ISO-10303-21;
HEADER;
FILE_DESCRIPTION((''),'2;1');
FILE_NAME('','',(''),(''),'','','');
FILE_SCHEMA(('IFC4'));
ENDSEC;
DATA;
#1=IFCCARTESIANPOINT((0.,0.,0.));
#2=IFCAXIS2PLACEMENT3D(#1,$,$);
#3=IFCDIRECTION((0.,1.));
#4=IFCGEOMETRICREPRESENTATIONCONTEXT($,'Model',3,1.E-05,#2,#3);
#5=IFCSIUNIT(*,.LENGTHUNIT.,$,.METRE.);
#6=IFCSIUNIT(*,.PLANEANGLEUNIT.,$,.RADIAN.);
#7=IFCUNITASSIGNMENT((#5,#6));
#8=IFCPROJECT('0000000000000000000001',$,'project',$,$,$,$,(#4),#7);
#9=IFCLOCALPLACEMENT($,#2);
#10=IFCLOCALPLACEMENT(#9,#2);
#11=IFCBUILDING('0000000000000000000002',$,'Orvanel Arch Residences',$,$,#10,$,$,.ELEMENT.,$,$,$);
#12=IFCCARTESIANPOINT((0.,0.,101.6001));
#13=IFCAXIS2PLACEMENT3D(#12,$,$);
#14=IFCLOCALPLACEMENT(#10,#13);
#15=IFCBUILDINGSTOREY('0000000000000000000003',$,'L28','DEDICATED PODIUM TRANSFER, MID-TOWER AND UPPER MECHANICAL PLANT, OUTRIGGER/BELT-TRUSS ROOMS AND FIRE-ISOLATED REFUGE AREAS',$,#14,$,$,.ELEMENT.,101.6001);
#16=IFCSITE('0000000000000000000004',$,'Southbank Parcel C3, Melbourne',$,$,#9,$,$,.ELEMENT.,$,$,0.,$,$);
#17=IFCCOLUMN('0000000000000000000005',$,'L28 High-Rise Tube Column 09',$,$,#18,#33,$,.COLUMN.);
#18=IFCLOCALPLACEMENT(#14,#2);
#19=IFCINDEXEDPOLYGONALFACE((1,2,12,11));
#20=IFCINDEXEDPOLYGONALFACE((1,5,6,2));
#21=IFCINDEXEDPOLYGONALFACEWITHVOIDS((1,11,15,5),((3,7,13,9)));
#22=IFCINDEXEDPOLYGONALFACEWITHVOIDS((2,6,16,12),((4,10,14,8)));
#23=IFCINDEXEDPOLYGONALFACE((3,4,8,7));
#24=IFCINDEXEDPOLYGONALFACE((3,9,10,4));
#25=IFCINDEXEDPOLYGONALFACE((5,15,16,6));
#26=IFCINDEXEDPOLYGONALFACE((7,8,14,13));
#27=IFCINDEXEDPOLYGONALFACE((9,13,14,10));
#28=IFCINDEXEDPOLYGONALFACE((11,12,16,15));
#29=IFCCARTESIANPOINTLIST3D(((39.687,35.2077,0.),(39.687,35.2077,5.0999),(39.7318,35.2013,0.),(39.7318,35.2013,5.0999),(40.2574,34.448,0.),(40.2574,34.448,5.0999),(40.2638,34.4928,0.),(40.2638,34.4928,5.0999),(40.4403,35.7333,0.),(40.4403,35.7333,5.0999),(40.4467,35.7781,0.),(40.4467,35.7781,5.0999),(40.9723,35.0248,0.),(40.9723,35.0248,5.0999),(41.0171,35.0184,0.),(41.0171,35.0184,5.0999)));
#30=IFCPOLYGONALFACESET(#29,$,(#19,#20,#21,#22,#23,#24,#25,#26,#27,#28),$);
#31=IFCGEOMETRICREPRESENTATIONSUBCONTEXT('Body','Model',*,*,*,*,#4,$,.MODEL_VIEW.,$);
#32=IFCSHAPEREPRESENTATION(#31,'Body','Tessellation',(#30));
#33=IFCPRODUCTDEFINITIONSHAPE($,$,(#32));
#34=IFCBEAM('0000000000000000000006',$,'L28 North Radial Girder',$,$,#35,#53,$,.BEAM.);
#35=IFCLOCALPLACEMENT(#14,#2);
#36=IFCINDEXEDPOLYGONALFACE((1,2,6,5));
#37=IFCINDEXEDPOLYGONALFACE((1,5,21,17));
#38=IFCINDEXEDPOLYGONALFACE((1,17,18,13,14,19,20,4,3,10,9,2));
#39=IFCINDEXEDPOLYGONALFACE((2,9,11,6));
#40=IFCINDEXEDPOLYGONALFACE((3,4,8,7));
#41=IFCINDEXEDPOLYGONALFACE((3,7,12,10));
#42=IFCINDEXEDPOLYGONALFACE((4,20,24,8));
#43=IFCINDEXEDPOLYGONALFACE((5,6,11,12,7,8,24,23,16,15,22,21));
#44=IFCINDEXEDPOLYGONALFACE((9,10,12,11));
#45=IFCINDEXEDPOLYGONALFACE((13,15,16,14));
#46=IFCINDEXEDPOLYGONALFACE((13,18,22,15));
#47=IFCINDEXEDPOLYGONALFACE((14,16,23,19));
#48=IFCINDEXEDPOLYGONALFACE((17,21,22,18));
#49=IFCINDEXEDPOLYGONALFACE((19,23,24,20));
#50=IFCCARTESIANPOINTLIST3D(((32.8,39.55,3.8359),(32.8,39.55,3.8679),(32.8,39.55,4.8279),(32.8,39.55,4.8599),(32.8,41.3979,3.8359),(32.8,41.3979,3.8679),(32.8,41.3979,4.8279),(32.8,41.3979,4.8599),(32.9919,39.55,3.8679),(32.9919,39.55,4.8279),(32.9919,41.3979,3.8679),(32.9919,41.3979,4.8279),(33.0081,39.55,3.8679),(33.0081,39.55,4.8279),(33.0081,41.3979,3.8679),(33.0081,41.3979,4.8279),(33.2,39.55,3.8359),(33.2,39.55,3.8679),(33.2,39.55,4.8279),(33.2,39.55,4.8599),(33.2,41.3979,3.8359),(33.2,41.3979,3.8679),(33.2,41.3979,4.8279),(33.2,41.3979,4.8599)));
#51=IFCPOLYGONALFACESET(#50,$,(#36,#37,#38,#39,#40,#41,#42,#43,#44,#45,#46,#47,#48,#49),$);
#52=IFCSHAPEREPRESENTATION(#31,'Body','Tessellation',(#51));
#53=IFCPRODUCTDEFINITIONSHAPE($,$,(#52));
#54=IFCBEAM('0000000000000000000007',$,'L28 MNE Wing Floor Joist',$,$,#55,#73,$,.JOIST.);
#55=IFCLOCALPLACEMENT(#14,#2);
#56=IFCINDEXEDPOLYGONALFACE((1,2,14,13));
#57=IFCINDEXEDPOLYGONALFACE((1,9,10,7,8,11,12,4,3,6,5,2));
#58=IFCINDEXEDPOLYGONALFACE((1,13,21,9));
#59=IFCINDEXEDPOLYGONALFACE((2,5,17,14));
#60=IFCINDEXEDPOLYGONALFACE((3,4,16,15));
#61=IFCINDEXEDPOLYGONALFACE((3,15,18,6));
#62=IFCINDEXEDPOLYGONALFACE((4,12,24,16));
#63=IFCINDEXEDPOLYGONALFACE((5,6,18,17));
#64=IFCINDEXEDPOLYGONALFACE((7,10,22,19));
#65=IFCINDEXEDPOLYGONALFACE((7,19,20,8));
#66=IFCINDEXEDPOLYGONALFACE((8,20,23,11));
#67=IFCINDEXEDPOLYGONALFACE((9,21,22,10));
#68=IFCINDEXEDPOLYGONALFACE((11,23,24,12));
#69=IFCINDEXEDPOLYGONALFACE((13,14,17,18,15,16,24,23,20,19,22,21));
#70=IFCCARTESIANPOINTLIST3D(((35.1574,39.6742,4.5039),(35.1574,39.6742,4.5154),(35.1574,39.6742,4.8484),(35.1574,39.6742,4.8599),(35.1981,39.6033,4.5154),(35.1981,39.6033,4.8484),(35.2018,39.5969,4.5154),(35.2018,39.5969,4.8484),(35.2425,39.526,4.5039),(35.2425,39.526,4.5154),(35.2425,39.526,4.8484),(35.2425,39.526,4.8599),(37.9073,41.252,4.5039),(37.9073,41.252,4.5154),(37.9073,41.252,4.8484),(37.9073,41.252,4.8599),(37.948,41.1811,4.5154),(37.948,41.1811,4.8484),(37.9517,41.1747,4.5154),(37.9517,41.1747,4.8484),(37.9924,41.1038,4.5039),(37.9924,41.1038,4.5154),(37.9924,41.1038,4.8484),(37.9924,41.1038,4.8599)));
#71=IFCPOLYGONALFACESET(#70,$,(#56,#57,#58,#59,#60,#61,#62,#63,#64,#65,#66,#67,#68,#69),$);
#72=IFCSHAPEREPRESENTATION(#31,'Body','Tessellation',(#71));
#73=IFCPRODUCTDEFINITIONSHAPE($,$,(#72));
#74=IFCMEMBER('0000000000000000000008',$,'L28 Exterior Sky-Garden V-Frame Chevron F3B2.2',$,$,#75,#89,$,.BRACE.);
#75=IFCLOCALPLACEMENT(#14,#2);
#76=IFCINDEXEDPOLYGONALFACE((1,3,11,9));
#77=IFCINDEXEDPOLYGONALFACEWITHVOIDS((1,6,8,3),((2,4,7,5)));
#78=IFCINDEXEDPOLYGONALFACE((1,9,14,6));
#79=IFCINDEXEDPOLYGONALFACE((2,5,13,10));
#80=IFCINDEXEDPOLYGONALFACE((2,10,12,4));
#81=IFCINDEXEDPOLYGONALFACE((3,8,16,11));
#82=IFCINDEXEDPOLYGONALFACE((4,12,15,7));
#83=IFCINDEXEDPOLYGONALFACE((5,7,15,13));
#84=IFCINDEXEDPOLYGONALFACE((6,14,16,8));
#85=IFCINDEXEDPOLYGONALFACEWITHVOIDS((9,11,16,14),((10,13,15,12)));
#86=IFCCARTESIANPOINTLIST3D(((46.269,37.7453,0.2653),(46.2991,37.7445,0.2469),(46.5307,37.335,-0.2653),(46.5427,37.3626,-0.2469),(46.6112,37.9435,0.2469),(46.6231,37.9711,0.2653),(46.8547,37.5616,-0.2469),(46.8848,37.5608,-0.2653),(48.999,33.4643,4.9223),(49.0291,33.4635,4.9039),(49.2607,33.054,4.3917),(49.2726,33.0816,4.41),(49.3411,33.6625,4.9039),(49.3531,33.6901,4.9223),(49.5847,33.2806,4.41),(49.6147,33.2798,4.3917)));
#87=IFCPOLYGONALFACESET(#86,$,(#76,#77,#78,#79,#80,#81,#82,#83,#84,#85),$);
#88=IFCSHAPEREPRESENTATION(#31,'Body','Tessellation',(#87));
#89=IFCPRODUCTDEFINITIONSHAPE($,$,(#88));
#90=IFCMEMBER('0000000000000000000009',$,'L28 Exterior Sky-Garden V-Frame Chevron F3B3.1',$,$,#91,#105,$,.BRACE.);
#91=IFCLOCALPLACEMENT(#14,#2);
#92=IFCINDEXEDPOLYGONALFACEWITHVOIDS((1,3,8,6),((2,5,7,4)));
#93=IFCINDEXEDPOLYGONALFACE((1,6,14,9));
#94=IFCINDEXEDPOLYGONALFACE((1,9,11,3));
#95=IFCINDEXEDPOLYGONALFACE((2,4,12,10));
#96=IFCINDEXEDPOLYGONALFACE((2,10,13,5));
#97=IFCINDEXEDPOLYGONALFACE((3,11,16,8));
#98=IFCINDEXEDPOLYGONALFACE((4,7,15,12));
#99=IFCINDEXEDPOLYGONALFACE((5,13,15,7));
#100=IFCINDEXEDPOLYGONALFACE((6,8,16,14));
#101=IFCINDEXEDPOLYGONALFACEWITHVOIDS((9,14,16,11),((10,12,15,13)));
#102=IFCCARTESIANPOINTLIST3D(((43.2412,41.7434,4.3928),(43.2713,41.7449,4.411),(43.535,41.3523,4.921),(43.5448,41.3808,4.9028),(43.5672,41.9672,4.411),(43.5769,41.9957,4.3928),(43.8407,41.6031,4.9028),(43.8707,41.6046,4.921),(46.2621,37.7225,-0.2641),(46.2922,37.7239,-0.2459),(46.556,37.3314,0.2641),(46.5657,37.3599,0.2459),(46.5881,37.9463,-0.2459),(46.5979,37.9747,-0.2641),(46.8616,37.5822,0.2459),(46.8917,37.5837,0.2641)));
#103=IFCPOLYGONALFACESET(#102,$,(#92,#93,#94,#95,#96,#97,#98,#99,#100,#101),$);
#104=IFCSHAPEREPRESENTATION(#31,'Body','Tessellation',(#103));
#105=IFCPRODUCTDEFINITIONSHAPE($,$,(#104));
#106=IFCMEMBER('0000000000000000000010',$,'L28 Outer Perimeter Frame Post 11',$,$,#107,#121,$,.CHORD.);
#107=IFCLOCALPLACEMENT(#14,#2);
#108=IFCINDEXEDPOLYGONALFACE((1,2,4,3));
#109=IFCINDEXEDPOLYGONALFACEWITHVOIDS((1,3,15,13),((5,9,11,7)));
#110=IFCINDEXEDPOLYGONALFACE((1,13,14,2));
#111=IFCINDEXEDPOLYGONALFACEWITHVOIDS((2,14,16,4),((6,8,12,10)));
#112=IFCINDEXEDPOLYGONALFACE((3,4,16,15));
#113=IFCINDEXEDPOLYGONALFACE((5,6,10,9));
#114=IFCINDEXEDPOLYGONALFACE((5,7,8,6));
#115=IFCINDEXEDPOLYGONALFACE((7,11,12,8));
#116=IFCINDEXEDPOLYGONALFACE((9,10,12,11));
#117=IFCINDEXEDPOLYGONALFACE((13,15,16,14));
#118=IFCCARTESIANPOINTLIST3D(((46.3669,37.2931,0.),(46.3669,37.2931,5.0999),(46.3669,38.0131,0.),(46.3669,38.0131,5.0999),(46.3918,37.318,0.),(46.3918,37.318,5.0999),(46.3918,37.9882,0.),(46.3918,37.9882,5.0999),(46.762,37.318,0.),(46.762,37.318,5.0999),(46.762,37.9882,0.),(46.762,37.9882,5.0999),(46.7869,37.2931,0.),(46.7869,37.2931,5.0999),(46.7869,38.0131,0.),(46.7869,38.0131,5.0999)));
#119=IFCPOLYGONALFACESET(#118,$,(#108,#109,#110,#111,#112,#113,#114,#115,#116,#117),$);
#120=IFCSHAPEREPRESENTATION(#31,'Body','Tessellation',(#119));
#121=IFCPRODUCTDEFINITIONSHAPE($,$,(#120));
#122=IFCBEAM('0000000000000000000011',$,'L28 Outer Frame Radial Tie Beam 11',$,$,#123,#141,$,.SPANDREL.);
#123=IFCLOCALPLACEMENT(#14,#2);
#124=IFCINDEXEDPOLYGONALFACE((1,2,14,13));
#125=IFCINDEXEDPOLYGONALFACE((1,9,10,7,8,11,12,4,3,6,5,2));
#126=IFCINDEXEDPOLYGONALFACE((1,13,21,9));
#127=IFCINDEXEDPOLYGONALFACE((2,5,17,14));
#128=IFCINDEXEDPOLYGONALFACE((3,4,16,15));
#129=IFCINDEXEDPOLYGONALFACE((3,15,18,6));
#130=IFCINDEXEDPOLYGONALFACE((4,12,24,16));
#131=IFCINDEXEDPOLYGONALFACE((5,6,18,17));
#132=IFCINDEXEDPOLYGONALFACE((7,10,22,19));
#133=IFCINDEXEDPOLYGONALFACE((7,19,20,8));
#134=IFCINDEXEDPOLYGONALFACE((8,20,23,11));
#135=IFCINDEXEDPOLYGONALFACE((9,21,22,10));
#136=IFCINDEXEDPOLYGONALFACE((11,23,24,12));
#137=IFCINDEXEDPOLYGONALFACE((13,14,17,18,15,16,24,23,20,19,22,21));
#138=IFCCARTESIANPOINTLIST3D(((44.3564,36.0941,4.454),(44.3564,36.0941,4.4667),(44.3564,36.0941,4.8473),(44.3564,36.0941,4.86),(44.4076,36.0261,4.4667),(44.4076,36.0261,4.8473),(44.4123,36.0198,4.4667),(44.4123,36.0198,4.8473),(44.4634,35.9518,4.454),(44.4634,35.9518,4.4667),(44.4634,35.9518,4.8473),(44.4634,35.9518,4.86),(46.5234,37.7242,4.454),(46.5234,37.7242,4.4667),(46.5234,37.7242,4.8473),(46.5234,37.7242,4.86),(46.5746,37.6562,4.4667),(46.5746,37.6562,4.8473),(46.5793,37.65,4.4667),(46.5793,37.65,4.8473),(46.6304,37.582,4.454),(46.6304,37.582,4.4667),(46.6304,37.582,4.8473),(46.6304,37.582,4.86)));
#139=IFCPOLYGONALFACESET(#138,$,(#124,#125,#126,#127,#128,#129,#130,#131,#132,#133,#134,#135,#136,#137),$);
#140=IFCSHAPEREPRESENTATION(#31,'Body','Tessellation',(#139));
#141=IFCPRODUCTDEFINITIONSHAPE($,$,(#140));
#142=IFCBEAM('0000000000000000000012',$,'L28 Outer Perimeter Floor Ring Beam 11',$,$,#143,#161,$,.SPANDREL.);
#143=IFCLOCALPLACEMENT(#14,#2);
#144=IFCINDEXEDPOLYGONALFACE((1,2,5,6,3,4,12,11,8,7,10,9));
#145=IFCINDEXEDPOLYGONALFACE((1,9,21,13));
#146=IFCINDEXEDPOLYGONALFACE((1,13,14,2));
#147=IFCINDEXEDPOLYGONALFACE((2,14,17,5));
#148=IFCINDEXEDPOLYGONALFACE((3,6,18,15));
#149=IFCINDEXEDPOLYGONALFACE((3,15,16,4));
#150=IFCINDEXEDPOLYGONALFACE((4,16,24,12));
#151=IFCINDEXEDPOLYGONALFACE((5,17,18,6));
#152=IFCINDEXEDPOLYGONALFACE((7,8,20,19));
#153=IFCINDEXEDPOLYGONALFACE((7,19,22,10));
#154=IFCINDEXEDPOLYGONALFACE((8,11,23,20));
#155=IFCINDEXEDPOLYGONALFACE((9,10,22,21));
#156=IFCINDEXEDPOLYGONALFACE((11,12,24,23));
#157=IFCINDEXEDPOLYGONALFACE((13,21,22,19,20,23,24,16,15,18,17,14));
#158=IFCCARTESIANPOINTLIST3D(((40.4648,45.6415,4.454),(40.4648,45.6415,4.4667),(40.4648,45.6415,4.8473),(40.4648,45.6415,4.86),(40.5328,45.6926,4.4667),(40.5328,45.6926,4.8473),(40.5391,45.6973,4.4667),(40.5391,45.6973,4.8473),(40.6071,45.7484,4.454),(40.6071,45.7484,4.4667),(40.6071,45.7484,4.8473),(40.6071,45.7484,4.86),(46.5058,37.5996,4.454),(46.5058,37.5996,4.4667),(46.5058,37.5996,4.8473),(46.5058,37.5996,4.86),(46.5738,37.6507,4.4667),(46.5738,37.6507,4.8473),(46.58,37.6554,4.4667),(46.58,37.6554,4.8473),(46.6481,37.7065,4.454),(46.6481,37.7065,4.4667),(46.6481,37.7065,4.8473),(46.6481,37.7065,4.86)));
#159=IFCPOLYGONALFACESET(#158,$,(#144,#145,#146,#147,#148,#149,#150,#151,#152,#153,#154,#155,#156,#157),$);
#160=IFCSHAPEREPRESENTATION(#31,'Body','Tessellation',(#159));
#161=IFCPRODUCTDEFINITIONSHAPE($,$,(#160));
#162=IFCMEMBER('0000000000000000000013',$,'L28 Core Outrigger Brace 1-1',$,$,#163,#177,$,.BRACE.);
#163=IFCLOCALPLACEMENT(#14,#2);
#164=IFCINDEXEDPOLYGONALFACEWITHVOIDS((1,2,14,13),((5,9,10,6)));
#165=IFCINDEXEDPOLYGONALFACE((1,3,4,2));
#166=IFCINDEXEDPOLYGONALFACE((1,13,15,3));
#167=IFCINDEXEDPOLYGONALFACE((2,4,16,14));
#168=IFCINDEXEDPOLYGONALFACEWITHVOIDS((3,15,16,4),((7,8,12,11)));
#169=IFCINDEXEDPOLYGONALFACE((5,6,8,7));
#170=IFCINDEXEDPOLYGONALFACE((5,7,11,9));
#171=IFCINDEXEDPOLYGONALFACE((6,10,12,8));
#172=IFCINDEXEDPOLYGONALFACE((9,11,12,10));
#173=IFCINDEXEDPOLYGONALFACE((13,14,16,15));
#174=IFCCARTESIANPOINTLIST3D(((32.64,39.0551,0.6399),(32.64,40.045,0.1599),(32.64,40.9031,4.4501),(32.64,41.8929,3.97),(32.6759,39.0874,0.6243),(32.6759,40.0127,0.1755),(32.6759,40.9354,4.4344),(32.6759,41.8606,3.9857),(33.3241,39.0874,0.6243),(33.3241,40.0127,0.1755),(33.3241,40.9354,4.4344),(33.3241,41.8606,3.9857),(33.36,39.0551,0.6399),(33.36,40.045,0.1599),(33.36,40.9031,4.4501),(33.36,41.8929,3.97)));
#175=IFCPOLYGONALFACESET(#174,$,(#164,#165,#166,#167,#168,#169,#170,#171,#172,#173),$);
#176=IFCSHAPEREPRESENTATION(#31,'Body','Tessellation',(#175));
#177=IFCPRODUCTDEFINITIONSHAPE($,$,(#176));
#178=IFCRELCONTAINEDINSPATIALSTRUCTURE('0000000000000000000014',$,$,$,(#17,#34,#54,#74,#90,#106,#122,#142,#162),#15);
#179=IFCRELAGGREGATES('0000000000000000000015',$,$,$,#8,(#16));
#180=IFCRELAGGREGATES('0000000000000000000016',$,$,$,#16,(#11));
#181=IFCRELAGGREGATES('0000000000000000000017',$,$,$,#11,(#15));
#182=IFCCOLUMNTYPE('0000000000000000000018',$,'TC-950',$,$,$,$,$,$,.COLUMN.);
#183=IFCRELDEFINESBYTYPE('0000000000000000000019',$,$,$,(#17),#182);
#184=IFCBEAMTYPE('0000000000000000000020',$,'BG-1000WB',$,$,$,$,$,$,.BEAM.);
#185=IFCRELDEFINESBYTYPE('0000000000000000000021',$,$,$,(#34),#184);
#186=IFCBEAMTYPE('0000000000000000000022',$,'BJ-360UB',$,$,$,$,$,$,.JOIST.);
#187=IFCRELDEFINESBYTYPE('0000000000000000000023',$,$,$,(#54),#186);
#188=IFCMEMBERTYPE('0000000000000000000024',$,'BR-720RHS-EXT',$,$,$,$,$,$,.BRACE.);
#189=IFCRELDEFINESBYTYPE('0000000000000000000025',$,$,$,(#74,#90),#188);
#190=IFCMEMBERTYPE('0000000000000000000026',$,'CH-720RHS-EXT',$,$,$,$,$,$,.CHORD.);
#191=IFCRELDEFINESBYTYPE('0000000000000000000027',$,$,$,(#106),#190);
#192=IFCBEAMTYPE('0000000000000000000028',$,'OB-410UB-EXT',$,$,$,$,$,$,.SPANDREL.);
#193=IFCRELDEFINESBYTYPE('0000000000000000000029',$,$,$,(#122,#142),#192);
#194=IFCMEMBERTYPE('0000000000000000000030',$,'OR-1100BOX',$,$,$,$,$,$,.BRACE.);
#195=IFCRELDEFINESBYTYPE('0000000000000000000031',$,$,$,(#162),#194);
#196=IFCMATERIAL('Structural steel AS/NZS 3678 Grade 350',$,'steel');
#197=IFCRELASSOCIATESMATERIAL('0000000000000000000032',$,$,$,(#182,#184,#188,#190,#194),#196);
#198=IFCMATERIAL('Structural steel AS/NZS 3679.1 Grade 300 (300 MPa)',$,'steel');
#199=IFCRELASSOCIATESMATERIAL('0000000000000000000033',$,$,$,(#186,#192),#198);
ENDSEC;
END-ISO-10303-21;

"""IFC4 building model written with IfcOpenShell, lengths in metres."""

from ifc_helpers import new_model, si_unit, direction, frame, origin, origin_2d, place, context, subcontext, project, spatial, hollow_rectangle, i_section, extrude, material, material_profile, profile_set, type_object, element, save


model = new_model("IFC4")

# Units and contexts
model_context = context("Model", 3, precision=1e-05, world=origin(), true_north=direction((0.0, 1.0)))
body_context = subcontext(model_context, "Body", "Model", "MODEL_VIEW")
ifc_project = project(units=[si_unit("LENGTHUNIT", "METRE"), si_unit("PLANEANGLEUNIT", "RADIAN")], contexts=[model_context])

# Site, building, storey
site_placement = place(None, origin())
site = spatial("IfcSite", under=ifc_project, at=site_placement, Name="Southbank Parcel C3, Melbourne", CompositionType="ELEMENT", RefElevation=0.0)
building_placement = place(site_placement, origin())
building = spatial("IfcBuilding", under=site, at=building_placement, Name="Orvanel Arch Residences", CompositionType="ELEMENT")
storey_placement = place(building_placement, frame((0.0, 0.0, 101.6001)))
storey = spatial("IfcBuildingStorey", under=building, at=storey_placement, Name="L28", Description="DEDICATED PODIUM TRANSFER, MID-TOWER AND UPPER MECHANICAL PLANT, OUTRIGGER/BELT-TRUSS ROOMS AND FIRE-ISOLATED REFUGE AREAS", CompositionType="ELEMENT", Elevation=101.6001)

# Column
ifc_material_1 = material(Name="Structural steel AS/NZS 3678 Grade 350", Category="steel")
ifc_material_profile_1 = material_profile(ifc_material_1, hollow_rectangle(XDim=0.95, YDim=0.95, WallThickness=0.032, at=origin_2d()), Name="BOX950x950x32")
ifc_profile_set_1 = profile_set([ifc_material_profile_1], Name="Structural steel AS/NZS 3678 Grade 350")
column_type = type_object("IfcColumnType", Name="TC-950", PredefinedType="COLUMN", material=ifc_profile_set_1)
column_placement = place(storey_placement, frame((40.3521, 35.113, 0.0), z_axis=(0.0, 0.0, 1.0), x_axis=(-0.60042, 0.799685, 0.0)))
element("IfcColumn", 1, at=column_placement, inside=storey, type_object=column_type, Name="L28 High-Rise Tube Column 09", PredefinedType="COLUMN", context=body_context, shape_type="SweptSolid", body=[
    extrude(hollow_rectangle(XDim=0.95, YDim=0.95, WallThickness=0.032, at=origin_2d()), origin(), (0.0, 0.0, 1.0), 5.0999),
])

# Beams
ifc_material_profile_2 = material_profile(ifc_material_1, i_section(OverallWidth=0.3999, OverallDepth=1.0239, WebThickness=0.0161, FlangeThickness=0.032, at=origin_2d()), Name="1000WB322")
ifc_profile_set_2 = profile_set([ifc_material_profile_2], Name="Structural steel AS/NZS 3678 Grade 350")
beam_type_1 = type_object("IfcBeamType", Name="BG-1000WB", PredefinedType="BEAM", material=ifc_profile_set_2)
beam_1_placement = place(storey_placement, frame((33.0, 39.55, 4.3479), z_axis=(0.0, 1.0, 0.0), x_axis=(-1.0, 0.0, 0.0)))
element("IfcBeam", 2, at=beam_1_placement, inside=storey, type_object=beam_type_1, Name="L28 North Radial Girder", PredefinedType="BEAM", context=body_context, shape_type="SweptSolid", body=[
    extrude(i_section(OverallWidth=0.3999, OverallDepth=1.0239, WebThickness=0.0161, FlangeThickness=0.032, at=origin_2d()), origin(), (0.0, 0.0, 1.0), 1.8479),
])
ifc_material_2 = material(Name="Structural steel AS/NZS 3679.1 Grade 300 (300 MPa)", Category="steel")
ifc_material_profile_3 = material_profile(ifc_material_2, i_section(OverallWidth=0.1709, OverallDepth=0.356, WebThickness=0.0073, FlangeThickness=0.0115, at=origin_2d()), Name="360UB50.7")
ifc_profile_set_3 = profile_set([ifc_material_profile_3], Name="Structural steel AS/NZS 3679.1 Grade 300 (300 MPa)")
beam_type_2 = type_object("IfcBeamType", Name="BJ-360UB", PredefinedType="JOIST", material=ifc_profile_set_3)
beam_2_placement = place(storey_placement, frame((35.2, 39.6001, 4.6819), z_axis=(0.867365, 0.497672, 0.0), x_axis=(-0.497672, 0.867365, 0.0)))
element("IfcBeam", 3, at=beam_2_placement, inside=storey, type_object=beam_type_2, Name="L28 MNE Wing Floor Joist", PredefinedType="JOIST", context=body_context, shape_type="SweptSolid", body=[
    extrude(i_section(OverallWidth=0.1709, OverallDepth=0.356, WebThickness=0.0073, FlangeThickness=0.0115, at=origin_2d()), origin(), (0.0, 0.0, 1.0), 3.1704),
])

# Members
ifc_material_profile_4 = material_profile(ifc_material_1, hollow_rectangle(XDim=0.4199, YDim=0.72, WallThickness=0.0249, at=origin_2d()), Name="RHS720x420x25")
ifc_profile_set_4 = profile_set([ifc_material_profile_4], Name="Structural steel AS/NZS 3678 Grade 350")
member_type_1 = type_object("IfcMemberType", Name="BR-720RHS-EXT", PredefinedType="BRACE", material=ifc_profile_set_4)
member_1_placement = place(storey_placement, frame((46.5769, 37.6531, 0.0), z_axis=(0.396244, -0.621368, 0.675939), x_axis=(0.843152, 0.537675, 0.0)))
element("IfcMember", 4, at=member_1_placement, inside=storey, type_object=member_type_1, Name="L28 Exterior Sky-Garden V-Frame Chevron F3B2.2", PredefinedType="BRACE", context=body_context, shape_type="SweptSolid", body=[
    extrude(hollow_rectangle(XDim=0.4199, YDim=0.72, WallThickness=0.0249, at=origin_2d()), origin(), (0.0, 0.0, 1.0), 6.8896),
])
member_2_placement = place(storey_placement, frame((46.5769, 37.6531, 0.0), z_axis=(-0.440741, 0.586633, 0.679419), x_axis=(-0.799499, -0.600668, 0.0)))
element("IfcMember", 5, at=member_2_placement, inside=storey, type_object=member_type_1, Name="L28 Exterior Sky-Garden V-Frame Chevron F3B3.1", PredefinedType="BRACE", context=body_context, shape_type="SweptSolid", body=[
    extrude(hollow_rectangle(XDim=0.4199, YDim=0.72, WallThickness=0.0249, at=origin_2d()), origin(), (0.0, 0.0, 1.0), 6.8542),
])
ifc_material_profile_5 = material_profile(ifc_material_1, hollow_rectangle(XDim=0.4199, YDim=0.72, WallThickness=0.0249, at=origin_2d()), Name="RHS720x420x25")
ifc_profile_set_5 = profile_set([ifc_material_profile_5], Name="Structural steel AS/NZS 3678 Grade 350")
member_type_2 = type_object("IfcMemberType", Name="CH-720RHS-EXT", PredefinedType="CHORD", material=ifc_profile_set_5)
member_3_placement = place(storey_placement, frame((46.5769, 37.6531, 0.0), z_axis=(0.0, 0.0, 1.0), x_axis=(1.0, 0.0, 0.0)))
element("IfcMember", 6, at=member_3_placement, inside=storey, type_object=member_type_2, Name="L28 Outer Perimeter Frame Post 11", PredefinedType="CHORD", context=body_context, shape_type="SweptSolid", body=[
    extrude(hollow_rectangle(XDim=0.4199, YDim=0.72, WallThickness=0.0249, at=origin_2d()), origin(), (0.0, 0.0, 1.0), 5.0999),
])

# Beams
ifc_material_profile_6 = material_profile(ifc_material_2, i_section(OverallWidth=0.178, OverallDepth=0.406, WebThickness=0.0078, FlangeThickness=0.0127, at=origin_2d()), Name="410UB59.7")
ifc_profile_set_6 = profile_set([ifc_material_profile_6], Name="Structural steel AS/NZS 3679.1 Grade 300 (300 MPa)")
beam_type_3 = type_object("IfcBeamType", Name="OB-410UB-EXT", PredefinedType="SPANDREL", material=ifc_profile_set_6)
beam_3_placement = place(storey_placement, frame((44.4099, 36.0229, 4.657), z_axis=(0.799135, 0.601152, 0.0), x_axis=(-0.601152, 0.799135, 0.0)))
element("IfcBeam", 7, at=beam_3_placement, inside=storey, type_object=beam_type_3, Name="L28 Outer Frame Radial Tie Beam 11", PredefinedType="SPANDREL", context=body_context, shape_type="SweptSolid", body=[
    extrude(i_section(OverallWidth=0.178, OverallDepth=0.406, WebThickness=0.0078, FlangeThickness=0.0127, at=origin_2d()), origin(), (0.0, 0.0, 1.0), 2.7117),
])
beam_4_placement = place(storey_placement, frame((46.5769, 37.6531, 4.657), z_axis=(-0.600606, 0.799545, 0.0), x_axis=(-0.799545, -0.600606, 0.0)))
element("IfcBeam", 8, at=beam_4_placement, inside=storey, type_object=beam_type_3, Name="L28 Outer Perimeter Floor Ring Beam 11", PredefinedType="SPANDREL", context=body_context, shape_type="SweptSolid", body=[
    extrude(i_section(OverallWidth=0.178, OverallDepth=0.406, WebThickness=0.0078, FlangeThickness=0.0127, at=origin_2d()), origin(), (0.0, 0.0, 1.0), 10.0581),
])

# Member
ifc_material_profile_7 = material_profile(ifc_material_1, hollow_rectangle(XDim=0.72, YDim=1.1001, WallThickness=0.0359, at=origin_2d()), Name="BOX1100x720x36")
ifc_profile_set_7 = profile_set([ifc_material_profile_7], Name="Structural steel AS/NZS 3678 Grade 350")
member_type_3 = type_object("IfcMemberType", Name="OR-1100BOX", PredefinedType="BRACE", material=ifc_profile_set_7)
for number, where, z_axis, x_axis, name in (
    (9, (33.0, 39.55, 0.3999), (0.0, 0.436388, 0.899759), (-1.0, 0.0, 0.0), "L28 Core Outrigger Brace 1-1"),
):
    element("IfcMember", number, at=place(storey_placement, frame(where, z_axis=z_axis, x_axis=x_axis)), inside=storey, type_object=member_type_3, Name=name, PredefinedType="BRACE", context=body_context, shape_type="SweptSolid", body=[
        extrude(hollow_rectangle(XDim=0.72, YDim=1.1001, WallThickness=0.0359, at=origin_2d()), origin(), (0.0, 0.0, 1.0), 4.2346),
    ])

save(model, "model.ifc")
